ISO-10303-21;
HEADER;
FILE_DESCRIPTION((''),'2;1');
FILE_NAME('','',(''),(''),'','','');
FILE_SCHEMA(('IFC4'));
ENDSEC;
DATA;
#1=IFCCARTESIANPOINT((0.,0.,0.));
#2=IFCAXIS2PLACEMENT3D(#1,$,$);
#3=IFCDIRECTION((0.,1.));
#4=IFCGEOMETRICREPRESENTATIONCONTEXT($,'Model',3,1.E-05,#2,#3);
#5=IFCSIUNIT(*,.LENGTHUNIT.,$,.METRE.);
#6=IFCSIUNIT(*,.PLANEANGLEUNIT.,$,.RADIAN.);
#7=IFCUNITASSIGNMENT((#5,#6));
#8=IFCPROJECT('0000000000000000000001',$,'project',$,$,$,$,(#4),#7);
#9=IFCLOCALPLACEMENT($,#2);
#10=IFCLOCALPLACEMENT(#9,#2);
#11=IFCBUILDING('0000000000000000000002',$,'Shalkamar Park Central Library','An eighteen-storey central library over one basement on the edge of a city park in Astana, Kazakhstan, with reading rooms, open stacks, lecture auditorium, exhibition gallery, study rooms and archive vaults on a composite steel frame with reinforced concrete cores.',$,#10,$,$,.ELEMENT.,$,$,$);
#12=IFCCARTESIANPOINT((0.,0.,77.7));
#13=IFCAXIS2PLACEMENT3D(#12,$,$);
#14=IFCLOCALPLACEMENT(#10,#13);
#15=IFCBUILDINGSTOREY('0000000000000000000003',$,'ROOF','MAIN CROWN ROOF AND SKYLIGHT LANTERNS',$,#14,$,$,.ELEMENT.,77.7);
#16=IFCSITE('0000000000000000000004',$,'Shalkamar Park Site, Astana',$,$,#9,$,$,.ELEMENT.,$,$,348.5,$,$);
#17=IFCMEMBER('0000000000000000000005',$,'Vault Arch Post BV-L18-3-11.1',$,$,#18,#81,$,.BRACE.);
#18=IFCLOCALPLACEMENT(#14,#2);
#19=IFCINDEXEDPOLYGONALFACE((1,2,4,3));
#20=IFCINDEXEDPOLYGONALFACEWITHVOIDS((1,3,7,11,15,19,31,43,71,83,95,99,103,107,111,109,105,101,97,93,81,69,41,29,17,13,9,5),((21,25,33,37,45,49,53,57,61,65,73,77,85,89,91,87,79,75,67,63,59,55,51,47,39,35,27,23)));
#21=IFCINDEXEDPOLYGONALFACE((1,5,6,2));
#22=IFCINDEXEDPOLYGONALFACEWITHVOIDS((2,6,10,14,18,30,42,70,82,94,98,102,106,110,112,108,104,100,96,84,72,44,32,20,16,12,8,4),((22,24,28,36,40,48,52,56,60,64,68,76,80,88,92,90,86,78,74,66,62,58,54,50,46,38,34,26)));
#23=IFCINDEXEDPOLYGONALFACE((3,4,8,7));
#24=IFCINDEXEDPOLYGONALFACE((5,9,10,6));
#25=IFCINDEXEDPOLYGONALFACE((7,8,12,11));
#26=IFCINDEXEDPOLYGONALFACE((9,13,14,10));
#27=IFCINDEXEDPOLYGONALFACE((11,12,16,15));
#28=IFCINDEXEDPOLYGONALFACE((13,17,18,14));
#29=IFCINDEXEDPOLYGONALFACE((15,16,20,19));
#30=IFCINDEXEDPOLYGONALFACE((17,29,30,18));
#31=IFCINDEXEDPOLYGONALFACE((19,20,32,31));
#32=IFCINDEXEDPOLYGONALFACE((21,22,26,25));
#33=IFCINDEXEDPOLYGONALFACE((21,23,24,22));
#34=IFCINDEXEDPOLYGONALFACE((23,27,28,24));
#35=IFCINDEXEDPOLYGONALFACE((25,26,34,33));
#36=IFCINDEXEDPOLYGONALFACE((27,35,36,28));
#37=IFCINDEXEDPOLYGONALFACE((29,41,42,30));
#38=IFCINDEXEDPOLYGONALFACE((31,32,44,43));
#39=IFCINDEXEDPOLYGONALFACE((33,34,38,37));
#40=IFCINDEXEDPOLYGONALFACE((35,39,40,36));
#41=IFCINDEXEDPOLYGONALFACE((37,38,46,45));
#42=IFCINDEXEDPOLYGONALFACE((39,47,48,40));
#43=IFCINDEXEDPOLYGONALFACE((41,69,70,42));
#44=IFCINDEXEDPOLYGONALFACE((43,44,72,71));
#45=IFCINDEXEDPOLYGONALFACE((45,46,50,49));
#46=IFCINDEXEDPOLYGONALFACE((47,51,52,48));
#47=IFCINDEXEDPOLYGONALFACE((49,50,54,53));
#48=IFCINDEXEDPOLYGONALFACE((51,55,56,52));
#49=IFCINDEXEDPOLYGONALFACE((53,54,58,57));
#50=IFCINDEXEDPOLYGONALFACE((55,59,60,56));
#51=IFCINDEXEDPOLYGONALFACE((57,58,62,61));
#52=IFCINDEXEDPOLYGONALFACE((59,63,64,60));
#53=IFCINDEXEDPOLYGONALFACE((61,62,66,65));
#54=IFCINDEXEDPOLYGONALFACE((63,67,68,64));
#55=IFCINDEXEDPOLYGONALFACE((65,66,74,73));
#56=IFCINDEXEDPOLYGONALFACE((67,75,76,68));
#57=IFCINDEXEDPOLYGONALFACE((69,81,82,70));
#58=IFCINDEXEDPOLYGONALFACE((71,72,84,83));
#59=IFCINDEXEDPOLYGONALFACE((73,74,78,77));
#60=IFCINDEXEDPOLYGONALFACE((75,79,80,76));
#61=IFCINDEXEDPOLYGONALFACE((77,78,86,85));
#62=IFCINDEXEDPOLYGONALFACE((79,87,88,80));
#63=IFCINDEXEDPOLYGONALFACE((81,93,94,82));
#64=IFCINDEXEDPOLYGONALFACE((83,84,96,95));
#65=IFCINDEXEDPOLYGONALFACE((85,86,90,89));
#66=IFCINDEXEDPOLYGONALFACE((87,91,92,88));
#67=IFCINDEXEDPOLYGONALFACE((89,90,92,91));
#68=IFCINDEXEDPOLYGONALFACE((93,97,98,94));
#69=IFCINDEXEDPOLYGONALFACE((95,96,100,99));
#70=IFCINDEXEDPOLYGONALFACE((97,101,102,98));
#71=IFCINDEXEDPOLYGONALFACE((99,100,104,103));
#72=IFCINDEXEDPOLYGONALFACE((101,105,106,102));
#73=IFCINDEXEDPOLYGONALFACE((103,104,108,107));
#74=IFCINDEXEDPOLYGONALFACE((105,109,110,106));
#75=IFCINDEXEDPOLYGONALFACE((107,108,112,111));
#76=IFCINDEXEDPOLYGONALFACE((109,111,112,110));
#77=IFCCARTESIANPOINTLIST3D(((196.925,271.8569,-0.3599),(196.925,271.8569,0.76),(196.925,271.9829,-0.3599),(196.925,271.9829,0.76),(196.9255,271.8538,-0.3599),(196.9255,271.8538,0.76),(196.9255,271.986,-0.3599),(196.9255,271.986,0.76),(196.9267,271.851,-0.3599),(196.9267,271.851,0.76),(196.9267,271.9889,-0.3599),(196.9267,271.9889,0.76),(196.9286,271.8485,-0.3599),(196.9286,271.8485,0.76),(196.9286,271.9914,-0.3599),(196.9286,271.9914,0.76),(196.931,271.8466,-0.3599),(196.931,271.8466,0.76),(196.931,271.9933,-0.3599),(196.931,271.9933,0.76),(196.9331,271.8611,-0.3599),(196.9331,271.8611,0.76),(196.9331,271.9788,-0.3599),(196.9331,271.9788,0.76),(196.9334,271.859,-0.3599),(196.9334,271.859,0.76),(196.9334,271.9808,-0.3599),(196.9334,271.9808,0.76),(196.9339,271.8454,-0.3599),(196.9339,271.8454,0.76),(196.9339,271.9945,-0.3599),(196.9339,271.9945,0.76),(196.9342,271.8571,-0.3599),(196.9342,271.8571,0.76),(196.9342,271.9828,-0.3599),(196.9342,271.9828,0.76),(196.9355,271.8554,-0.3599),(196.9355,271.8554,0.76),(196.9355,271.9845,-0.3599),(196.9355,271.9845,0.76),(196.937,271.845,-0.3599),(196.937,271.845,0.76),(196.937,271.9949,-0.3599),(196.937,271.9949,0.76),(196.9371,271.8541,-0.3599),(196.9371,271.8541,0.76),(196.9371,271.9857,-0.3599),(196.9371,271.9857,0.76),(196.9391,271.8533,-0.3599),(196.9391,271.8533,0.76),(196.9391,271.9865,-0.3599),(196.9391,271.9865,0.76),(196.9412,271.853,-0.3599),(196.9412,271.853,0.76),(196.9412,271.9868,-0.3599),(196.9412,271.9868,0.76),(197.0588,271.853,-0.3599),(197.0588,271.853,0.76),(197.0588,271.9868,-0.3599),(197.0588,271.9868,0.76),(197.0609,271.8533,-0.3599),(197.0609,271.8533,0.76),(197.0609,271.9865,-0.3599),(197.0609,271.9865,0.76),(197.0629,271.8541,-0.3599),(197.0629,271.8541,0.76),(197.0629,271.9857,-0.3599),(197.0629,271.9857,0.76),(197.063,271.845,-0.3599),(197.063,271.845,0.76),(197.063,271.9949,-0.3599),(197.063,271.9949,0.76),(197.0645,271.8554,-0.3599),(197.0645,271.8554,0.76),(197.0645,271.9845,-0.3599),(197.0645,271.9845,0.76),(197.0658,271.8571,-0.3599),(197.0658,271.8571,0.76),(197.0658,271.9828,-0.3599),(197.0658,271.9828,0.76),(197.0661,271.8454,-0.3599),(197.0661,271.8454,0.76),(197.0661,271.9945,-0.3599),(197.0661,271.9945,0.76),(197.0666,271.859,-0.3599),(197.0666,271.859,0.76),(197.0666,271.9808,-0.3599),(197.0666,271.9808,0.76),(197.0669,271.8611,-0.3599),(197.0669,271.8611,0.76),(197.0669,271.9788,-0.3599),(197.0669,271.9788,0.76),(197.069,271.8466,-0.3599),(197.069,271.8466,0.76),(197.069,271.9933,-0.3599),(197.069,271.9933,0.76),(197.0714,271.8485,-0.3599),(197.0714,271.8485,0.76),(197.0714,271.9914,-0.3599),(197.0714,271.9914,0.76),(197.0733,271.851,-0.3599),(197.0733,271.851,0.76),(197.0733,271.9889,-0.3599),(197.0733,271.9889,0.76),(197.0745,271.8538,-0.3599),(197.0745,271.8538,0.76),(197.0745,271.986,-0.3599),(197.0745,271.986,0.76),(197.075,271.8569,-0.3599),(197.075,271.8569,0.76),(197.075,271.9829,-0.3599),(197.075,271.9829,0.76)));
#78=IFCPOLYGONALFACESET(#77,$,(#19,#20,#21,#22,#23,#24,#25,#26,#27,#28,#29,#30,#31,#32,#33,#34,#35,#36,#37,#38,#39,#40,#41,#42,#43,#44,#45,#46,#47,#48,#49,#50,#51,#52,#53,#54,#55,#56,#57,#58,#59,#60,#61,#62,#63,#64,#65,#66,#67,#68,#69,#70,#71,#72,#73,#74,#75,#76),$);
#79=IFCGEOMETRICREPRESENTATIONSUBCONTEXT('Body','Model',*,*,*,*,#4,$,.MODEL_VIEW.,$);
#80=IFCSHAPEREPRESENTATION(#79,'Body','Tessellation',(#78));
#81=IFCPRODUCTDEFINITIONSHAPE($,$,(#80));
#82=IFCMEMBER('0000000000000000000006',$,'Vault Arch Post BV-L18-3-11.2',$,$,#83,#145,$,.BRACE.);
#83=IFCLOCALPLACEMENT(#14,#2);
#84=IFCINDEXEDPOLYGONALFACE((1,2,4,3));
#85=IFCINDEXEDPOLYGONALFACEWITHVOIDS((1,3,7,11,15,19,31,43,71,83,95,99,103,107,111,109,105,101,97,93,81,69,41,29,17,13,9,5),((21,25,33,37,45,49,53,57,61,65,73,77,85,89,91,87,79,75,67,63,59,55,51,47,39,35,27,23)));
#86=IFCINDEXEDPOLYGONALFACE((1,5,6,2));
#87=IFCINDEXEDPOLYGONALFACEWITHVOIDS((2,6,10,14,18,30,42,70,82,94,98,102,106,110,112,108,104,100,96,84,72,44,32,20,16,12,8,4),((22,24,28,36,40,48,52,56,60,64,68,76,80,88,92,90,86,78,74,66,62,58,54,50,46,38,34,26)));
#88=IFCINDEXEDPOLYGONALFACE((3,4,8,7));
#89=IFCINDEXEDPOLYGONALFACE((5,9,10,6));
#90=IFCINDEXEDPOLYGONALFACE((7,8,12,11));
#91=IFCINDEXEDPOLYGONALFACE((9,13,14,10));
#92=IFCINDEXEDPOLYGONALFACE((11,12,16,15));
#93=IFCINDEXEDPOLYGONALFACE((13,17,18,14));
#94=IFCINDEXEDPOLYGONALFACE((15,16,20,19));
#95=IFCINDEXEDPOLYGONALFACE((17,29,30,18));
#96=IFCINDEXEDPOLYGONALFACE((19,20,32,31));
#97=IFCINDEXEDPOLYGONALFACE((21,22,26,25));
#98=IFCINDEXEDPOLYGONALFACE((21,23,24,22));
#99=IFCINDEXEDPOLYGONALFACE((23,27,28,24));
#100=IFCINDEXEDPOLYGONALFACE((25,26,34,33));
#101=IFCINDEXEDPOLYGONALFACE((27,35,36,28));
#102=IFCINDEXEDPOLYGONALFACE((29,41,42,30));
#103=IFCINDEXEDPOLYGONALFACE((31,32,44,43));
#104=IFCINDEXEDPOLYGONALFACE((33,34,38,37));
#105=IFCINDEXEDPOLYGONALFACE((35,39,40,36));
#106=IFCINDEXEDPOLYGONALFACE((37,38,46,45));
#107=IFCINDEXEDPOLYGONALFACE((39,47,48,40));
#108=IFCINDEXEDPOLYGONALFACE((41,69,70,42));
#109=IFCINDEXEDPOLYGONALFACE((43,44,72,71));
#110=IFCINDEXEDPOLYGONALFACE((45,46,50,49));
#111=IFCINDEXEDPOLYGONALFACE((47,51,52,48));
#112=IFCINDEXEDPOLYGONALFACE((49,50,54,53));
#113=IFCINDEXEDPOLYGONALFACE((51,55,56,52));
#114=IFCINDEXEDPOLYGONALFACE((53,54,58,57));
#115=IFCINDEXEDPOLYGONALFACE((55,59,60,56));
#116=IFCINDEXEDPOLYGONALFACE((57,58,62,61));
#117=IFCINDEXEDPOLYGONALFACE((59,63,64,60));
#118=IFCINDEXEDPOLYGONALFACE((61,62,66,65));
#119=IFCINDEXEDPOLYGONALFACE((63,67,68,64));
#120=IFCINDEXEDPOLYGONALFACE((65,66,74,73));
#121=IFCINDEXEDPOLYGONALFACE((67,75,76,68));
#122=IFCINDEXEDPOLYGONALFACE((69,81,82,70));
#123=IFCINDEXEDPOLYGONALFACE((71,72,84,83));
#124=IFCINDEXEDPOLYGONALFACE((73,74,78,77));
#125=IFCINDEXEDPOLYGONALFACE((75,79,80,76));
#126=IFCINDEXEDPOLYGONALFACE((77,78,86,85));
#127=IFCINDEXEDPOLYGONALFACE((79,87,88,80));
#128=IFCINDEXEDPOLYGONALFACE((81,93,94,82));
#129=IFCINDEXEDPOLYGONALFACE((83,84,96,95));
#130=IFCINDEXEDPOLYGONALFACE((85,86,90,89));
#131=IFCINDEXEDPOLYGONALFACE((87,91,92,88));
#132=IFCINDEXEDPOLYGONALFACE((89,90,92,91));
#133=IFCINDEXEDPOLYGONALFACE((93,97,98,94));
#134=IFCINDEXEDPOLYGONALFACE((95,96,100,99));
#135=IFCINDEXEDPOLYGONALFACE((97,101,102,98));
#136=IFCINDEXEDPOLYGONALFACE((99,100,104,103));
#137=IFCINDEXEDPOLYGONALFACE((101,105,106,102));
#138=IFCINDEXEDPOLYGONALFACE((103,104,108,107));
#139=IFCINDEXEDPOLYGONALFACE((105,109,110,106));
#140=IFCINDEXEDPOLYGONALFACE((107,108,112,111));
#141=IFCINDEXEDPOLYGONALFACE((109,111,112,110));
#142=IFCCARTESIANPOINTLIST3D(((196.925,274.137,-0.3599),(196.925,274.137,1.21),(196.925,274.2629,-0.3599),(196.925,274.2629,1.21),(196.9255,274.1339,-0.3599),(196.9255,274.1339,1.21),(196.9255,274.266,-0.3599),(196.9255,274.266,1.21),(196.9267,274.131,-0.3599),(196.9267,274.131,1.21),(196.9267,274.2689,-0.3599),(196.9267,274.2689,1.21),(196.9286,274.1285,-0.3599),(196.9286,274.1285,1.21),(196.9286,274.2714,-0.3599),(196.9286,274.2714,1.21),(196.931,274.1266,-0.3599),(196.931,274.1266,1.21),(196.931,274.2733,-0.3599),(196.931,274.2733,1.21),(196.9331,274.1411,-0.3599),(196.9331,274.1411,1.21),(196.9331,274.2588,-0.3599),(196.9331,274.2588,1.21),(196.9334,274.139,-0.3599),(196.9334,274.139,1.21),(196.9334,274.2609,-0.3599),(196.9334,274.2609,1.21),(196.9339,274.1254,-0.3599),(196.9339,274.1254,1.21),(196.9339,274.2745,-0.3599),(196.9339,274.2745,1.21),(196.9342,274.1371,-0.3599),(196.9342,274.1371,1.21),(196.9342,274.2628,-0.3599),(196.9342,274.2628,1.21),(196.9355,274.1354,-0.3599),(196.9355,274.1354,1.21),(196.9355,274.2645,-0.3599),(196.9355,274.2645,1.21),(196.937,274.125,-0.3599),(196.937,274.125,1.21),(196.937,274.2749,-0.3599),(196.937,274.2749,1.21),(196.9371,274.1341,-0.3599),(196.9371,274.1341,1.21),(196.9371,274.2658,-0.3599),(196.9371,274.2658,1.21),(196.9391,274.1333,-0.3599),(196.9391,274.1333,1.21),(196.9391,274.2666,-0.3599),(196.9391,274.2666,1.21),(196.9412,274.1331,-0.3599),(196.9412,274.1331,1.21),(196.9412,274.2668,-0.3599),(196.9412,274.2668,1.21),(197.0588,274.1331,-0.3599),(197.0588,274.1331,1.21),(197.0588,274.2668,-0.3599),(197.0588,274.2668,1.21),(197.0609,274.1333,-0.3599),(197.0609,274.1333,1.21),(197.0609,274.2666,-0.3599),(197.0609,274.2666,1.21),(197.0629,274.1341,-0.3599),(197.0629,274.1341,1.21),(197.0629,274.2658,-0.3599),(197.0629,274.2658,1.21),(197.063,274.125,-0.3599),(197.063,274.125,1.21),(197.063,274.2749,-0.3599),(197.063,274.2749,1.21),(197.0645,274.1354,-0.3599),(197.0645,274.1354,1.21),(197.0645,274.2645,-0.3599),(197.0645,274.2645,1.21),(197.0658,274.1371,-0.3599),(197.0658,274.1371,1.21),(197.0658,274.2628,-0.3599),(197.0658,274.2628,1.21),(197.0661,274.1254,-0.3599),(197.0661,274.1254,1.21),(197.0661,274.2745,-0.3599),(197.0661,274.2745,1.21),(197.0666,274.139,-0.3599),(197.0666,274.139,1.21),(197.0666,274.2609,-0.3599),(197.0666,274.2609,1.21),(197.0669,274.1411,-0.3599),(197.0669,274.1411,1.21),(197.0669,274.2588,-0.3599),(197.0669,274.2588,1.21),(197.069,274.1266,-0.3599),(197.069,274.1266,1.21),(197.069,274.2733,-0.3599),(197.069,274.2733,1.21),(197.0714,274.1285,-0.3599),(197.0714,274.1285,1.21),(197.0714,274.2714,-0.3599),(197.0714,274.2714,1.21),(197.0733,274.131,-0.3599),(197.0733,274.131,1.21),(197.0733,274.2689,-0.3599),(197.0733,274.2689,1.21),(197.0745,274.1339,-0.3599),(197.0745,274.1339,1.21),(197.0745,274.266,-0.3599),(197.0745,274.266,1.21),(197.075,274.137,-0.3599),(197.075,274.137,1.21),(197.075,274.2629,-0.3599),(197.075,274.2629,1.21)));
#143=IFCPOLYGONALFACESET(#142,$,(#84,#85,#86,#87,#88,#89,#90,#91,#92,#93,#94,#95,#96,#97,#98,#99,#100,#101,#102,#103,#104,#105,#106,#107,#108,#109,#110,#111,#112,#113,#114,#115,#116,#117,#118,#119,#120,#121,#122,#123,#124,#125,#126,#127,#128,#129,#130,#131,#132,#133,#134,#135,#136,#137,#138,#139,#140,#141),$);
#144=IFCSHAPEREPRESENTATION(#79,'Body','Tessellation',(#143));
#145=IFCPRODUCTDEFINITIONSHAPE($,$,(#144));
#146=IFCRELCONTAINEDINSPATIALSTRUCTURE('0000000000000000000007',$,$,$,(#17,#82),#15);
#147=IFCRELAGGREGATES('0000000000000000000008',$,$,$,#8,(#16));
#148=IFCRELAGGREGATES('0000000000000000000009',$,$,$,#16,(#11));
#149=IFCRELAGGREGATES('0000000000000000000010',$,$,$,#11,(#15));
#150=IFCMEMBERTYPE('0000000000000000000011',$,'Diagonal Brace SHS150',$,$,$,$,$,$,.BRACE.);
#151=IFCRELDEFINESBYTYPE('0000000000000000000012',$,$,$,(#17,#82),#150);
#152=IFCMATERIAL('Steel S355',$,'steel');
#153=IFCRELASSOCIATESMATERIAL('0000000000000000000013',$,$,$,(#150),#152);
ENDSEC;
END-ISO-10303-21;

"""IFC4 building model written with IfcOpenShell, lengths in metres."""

from ifc_helpers import new_model, si_unit, direction, frame, origin, origin_2d, place, context, subcontext, project, spatial, hollow_rectangle, extrude, material, material_profile, profile_set, type_object, element, save


model = new_model("IFC4")

# Units and contexts
model_context = context("Model", 3, precision=1e-05, world=origin(), true_north=direction((0.0, 1.0)))
body_context = subcontext(model_context, "Body", "Model", "MODEL_VIEW")
ifc_project = project(units=[si_unit("LENGTHUNIT", "METRE"), si_unit("PLANEANGLEUNIT", "RADIAN")], contexts=[model_context])

# Site, building, storey
site_placement = place(None, origin())
site = spatial("IfcSite", under=ifc_project, at=site_placement, Name="Shalkamar Park Site, Astana", CompositionType="ELEMENT", RefElevation=348.5)
building_placement = place(site_placement, origin())
building = spatial("IfcBuilding", under=site, at=building_placement, Name="Shalkamar Park Central Library", Description="An eighteen-storey central library over one basement on the edge of a city park in Astana, Kazakhstan, with reading rooms, open stacks, lecture auditorium, exhibition gallery, study rooms and archive vaults on a composite steel frame with reinforced concrete cores.", CompositionType="ELEMENT")
storey_placement = place(building_placement, frame((0.0, 0.0, 77.7)))
storey = spatial("IfcBuildingStorey", under=building, at=storey_placement, Name="ROOF", Description="MAIN CROWN ROOF AND SKYLIGHT LANTERNS", CompositionType="ELEMENT", Elevation=77.7)

# Members
ifc_material = material(Name="Steel S355", Category="steel")
ifc_material_profile_1 = material_profile(ifc_material, hollow_rectangle(XDim=0.1499, YDim=0.1499, WallThickness=0.0081, InnerFilletRadius=0.0081, OuterFilletRadius=0.012, at=origin_2d()), Name="SHS 150x150x8")
ifc_profile_set_1 = profile_set([ifc_material_profile_1], Name="Steel S355")
member_type_1 = type_object("IfcMemberType", Name="Diagonal Brace SHS150", PredefinedType="BRACE", material=ifc_profile_set_1)
for number, where, z_axis, x_axis, name in (
    (1, (197.0, 271.9199, -0.3599), (0.0, 0.0, 1.0), (1.0, 0.0, 0.0), "Vault Arch Post BV-L18-3-11.1"),
):
    element("IfcMember", number, at=place(storey_placement, frame(where, z_axis=z_axis, x_axis=x_axis)), inside=storey, type_object=member_type_1, Name=name, PredefinedType="BRACE", context=body_context, shape_type="SweptSolid", body=[
        extrude(hollow_rectangle(XDim=0.1499, YDim=0.1499, WallThickness=0.0081, InnerFilletRadius=0.0081, OuterFilletRadius=0.012, at=origin_2d()), origin(), (0.0, 0.0, 1.0), 1.1199),
    ])
member_1_placement = place(storey_placement, frame((197.0, 274.2, -0.3599), z_axis=(0.0, 0.0, 1.0), x_axis=(1.0, 0.0, 0.0)))
element("IfcMember", 2, at=member_1_placement, inside=storey, type_object=member_type_1, Name="Vault Arch Post BV-L18-3-11.2", PredefinedType="BRACE", context=body_context, shape_type="SweptSolid", body=[
    extrude(hollow_rectangle(XDim=0.1499, YDim=0.1499, WallThickness=0.0081, InnerFilletRadius=0.0081, OuterFilletRadius=0.012, at=origin_2d()), origin(), (0.0, 0.0, 1.0), 1.5698),
])

save(model, "model.ifc")
